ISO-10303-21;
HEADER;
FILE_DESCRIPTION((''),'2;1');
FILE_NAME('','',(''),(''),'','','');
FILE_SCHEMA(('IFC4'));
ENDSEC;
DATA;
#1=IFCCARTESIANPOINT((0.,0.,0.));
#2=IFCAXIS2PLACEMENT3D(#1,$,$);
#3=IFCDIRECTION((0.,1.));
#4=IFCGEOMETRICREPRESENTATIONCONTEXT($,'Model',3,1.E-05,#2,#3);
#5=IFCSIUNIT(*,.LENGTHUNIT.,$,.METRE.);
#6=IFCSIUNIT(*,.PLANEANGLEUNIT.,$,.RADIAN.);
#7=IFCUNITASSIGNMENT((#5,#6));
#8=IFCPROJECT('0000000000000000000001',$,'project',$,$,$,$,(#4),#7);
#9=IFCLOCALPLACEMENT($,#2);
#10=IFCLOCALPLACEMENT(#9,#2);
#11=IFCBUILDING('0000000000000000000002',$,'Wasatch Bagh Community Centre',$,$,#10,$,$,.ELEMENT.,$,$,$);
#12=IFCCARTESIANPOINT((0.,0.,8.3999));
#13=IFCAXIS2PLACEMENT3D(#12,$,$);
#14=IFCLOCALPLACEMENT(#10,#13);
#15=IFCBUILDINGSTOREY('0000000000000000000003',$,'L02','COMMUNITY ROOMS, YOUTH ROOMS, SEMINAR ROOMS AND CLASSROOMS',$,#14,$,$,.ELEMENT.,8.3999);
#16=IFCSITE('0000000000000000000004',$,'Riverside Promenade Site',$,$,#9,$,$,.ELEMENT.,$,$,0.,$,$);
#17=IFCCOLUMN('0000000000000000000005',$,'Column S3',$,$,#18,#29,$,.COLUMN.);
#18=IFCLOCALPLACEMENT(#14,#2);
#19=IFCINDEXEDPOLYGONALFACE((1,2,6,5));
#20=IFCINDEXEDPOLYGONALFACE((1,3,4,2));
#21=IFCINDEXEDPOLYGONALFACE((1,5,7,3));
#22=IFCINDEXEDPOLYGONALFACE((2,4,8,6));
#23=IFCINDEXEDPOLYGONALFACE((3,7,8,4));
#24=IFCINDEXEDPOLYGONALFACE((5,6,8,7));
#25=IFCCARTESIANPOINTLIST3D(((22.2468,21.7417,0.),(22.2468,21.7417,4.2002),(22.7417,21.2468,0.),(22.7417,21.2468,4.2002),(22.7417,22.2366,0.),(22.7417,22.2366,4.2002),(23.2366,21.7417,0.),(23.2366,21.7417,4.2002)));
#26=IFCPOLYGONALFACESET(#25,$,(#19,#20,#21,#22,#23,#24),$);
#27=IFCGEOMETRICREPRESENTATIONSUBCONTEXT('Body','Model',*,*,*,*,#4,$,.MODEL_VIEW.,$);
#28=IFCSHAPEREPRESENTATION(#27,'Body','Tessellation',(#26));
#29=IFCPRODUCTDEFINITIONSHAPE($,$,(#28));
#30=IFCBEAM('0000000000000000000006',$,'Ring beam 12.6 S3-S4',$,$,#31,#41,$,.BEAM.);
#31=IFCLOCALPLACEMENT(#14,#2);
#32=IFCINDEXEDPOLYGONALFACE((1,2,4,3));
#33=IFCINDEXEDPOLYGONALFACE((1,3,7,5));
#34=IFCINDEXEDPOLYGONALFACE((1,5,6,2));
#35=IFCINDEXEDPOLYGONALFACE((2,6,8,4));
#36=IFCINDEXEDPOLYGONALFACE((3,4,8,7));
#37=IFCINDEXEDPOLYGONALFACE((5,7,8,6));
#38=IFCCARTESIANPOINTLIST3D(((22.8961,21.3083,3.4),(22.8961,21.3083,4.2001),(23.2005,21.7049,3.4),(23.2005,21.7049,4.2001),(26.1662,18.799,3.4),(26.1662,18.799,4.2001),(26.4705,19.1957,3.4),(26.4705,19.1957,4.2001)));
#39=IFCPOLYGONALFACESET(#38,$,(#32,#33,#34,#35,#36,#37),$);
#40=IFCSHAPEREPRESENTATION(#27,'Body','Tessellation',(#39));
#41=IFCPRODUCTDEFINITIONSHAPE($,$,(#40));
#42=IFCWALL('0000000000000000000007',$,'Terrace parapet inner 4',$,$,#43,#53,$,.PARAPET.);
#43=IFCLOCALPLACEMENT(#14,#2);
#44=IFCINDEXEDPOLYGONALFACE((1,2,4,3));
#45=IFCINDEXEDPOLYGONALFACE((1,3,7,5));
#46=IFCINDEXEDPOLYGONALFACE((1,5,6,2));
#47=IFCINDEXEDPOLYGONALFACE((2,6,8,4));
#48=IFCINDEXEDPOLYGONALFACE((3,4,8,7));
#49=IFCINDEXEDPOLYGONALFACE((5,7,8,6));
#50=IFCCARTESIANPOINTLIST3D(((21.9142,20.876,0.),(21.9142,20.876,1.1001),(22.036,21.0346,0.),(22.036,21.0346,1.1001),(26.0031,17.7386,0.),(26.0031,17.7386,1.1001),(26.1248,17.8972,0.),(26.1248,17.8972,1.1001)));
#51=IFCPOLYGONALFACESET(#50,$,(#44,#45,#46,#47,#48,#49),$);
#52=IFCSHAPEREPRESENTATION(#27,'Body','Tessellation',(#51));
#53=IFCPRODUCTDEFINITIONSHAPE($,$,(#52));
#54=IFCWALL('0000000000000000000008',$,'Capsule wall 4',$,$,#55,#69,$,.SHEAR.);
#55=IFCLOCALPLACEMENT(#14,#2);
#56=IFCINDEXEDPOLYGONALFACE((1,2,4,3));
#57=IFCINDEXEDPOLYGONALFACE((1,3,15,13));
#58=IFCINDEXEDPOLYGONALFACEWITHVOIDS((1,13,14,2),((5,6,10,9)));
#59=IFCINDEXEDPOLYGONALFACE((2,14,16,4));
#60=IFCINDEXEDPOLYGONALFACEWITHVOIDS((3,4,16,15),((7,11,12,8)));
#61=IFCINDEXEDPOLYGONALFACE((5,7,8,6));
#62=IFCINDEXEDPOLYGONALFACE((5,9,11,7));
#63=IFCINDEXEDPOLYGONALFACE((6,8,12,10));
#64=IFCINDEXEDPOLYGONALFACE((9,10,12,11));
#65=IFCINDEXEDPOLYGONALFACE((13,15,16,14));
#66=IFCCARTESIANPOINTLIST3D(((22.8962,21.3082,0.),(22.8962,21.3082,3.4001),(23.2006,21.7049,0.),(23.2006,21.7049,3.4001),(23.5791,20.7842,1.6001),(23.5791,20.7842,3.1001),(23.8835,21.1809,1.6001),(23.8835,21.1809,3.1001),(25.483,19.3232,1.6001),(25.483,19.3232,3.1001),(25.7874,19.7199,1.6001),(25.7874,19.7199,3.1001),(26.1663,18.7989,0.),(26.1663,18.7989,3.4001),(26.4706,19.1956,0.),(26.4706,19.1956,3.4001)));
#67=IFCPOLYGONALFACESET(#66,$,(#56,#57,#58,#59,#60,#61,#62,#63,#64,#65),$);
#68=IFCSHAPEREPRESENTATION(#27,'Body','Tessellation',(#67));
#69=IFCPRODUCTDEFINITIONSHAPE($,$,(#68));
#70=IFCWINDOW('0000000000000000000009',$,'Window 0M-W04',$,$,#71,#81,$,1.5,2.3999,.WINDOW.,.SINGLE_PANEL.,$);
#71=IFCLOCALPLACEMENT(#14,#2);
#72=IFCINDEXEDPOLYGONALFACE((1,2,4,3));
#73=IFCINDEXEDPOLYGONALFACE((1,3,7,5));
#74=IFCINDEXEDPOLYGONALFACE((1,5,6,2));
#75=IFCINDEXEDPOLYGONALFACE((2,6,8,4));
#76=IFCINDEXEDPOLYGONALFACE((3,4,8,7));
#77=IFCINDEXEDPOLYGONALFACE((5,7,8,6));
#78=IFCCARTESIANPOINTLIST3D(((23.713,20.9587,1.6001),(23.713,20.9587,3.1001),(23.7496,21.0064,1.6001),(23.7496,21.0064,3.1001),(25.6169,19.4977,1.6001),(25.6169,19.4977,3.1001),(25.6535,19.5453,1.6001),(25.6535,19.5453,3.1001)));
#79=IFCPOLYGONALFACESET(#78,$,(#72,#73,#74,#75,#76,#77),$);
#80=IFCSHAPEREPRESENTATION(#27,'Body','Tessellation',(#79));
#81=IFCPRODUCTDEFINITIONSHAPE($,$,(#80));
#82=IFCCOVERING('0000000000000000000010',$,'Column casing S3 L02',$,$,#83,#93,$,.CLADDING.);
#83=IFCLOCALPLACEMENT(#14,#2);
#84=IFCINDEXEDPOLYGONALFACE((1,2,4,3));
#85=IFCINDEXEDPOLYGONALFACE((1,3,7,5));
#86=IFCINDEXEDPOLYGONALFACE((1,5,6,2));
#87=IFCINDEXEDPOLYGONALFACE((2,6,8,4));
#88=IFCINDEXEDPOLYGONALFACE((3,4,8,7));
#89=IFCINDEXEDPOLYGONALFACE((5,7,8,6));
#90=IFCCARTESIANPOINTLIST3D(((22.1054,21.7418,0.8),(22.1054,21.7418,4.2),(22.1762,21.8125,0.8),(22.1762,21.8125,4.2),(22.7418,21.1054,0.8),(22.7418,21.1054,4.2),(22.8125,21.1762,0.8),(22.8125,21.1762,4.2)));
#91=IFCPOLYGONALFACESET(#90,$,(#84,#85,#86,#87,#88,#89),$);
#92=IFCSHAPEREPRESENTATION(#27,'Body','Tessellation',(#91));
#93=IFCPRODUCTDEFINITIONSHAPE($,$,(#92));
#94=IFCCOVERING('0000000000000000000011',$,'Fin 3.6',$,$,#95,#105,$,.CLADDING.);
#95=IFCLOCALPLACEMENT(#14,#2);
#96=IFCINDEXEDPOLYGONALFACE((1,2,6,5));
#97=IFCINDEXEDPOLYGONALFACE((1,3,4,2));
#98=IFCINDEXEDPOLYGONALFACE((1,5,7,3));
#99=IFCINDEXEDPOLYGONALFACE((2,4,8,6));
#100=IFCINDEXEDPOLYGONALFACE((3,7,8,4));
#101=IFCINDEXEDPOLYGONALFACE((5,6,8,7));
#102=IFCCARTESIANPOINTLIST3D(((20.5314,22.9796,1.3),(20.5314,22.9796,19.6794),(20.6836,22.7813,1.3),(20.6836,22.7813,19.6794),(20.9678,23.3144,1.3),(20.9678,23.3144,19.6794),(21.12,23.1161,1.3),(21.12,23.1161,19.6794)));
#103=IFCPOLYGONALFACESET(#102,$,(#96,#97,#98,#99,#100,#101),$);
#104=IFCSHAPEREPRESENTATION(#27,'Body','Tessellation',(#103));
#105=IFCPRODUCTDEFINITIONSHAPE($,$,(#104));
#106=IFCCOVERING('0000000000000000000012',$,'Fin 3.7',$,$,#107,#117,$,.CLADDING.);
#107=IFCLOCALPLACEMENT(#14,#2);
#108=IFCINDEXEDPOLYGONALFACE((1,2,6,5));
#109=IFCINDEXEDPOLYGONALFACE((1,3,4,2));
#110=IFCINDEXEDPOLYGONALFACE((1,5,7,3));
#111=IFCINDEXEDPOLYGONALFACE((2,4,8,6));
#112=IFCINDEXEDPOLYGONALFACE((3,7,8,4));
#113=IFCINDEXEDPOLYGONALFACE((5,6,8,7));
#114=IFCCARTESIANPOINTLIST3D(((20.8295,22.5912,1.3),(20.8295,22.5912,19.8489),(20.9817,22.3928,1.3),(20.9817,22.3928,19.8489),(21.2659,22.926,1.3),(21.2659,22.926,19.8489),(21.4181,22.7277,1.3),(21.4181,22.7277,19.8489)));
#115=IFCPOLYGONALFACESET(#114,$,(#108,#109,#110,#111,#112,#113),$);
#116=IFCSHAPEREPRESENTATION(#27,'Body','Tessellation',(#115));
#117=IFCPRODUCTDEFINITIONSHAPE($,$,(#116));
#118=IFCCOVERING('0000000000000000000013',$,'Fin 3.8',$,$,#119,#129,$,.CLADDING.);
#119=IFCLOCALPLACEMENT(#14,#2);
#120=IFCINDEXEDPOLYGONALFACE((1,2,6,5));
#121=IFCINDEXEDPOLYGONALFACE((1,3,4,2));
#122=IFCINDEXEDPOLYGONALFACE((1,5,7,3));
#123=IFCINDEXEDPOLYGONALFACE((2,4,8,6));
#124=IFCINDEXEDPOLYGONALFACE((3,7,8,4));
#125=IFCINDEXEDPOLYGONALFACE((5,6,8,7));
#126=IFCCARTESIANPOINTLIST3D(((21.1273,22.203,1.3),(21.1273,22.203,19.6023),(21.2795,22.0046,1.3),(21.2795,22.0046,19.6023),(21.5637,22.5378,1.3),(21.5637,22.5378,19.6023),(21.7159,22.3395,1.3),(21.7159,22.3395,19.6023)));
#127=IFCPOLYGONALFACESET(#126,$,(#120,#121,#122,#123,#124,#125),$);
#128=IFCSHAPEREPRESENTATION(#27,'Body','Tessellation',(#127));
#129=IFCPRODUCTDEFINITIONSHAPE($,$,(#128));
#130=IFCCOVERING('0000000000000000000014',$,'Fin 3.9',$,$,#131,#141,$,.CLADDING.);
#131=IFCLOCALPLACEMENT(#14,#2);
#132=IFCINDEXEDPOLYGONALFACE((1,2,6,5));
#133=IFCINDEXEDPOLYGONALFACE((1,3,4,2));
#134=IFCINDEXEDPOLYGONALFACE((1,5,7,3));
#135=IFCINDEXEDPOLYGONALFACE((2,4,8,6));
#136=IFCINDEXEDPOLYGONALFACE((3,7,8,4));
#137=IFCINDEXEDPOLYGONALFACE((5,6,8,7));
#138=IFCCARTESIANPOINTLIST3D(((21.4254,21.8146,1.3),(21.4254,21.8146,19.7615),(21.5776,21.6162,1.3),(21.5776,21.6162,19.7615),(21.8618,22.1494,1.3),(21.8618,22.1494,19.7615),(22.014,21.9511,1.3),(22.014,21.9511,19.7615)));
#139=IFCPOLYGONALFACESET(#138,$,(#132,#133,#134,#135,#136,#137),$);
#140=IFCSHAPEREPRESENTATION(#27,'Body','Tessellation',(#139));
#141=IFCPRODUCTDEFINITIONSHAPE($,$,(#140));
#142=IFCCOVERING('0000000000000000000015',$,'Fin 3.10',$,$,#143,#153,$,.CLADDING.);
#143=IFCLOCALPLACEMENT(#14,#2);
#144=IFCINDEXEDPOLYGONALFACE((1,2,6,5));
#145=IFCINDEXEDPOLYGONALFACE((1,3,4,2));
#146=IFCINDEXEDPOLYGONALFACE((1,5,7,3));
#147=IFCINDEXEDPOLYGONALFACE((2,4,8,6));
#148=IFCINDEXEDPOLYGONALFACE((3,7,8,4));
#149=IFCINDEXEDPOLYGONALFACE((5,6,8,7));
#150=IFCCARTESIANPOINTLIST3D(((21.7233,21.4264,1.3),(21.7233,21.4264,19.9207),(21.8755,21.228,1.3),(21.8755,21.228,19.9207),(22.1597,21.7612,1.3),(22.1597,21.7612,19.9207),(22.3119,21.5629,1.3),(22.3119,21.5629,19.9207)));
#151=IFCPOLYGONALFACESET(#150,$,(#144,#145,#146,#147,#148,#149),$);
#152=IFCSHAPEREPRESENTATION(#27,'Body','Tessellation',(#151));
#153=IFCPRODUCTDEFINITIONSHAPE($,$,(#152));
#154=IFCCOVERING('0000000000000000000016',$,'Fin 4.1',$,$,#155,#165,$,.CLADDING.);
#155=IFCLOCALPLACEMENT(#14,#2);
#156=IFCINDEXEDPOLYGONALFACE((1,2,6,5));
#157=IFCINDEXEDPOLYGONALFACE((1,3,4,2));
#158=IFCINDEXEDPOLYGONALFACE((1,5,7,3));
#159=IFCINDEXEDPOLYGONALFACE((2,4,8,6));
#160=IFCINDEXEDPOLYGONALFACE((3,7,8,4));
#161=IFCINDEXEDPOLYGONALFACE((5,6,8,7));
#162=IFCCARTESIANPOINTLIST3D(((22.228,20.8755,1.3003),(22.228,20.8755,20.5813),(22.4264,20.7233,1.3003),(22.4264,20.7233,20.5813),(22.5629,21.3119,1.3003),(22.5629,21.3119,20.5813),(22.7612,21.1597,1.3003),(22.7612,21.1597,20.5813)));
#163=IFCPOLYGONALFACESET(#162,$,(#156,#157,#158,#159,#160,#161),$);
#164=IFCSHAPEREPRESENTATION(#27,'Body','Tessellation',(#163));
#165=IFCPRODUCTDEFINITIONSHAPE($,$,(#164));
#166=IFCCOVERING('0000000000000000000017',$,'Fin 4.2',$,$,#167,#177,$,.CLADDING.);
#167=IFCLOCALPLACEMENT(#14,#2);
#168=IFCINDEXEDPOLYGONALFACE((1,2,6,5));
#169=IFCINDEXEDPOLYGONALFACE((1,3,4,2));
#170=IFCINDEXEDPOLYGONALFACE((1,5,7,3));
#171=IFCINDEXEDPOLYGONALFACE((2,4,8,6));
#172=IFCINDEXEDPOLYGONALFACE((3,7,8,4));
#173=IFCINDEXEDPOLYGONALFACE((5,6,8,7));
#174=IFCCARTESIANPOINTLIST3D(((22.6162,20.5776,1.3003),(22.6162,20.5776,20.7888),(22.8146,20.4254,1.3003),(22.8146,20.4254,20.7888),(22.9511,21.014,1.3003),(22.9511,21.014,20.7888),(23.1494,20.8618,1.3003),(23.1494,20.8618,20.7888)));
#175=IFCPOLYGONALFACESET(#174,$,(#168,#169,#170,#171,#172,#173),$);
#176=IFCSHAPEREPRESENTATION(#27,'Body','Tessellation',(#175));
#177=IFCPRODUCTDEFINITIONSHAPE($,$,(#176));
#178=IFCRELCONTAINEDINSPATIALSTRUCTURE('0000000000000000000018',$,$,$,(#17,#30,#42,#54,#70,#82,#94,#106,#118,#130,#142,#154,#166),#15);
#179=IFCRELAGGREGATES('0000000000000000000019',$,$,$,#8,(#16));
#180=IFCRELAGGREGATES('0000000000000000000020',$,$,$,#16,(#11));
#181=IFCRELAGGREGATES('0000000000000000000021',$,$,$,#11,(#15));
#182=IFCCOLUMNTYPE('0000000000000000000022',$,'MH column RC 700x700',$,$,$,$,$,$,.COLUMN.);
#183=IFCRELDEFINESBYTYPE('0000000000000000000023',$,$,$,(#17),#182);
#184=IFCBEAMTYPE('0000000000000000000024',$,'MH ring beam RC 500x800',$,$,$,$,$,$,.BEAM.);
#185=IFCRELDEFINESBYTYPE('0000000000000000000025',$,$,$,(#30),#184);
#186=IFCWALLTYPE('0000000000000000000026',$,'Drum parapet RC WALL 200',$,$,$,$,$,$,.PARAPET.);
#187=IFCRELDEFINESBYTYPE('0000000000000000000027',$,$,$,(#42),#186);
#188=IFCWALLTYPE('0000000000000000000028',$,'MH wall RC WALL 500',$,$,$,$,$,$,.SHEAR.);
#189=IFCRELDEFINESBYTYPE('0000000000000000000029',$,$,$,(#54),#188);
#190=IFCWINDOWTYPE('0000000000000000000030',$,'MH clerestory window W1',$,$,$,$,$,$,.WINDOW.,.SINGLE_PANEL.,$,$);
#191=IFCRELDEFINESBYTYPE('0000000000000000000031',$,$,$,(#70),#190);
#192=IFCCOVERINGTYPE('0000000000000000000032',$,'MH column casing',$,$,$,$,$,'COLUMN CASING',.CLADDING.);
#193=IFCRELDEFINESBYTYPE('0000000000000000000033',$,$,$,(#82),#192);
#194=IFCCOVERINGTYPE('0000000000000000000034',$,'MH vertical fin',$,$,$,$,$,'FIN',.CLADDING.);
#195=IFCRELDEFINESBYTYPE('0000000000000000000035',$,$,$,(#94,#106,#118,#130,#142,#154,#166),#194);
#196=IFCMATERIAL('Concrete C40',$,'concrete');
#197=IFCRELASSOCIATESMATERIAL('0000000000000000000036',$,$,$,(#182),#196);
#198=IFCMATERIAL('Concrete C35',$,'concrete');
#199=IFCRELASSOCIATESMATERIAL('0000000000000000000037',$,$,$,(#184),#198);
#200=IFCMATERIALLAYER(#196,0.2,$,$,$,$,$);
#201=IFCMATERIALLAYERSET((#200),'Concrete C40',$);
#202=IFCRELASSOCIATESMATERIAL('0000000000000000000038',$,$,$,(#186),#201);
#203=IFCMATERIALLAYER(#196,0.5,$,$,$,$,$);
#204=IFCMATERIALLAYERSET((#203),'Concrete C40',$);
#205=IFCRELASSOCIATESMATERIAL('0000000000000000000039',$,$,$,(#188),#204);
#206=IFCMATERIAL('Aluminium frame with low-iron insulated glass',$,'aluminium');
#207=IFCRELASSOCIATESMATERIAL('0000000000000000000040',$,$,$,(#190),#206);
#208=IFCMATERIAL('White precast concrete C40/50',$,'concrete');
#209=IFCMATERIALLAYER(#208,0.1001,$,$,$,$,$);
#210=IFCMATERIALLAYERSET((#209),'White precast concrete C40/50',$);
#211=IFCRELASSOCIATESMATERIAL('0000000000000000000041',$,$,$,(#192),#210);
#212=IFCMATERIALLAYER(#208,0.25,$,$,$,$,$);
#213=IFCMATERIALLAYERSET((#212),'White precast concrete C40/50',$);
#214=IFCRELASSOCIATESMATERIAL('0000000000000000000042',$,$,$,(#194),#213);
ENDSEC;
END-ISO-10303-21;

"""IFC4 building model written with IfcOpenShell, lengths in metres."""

from ifc_helpers import new_model, si_unit, direction, frame, frame_2d, origin, origin_2d, place, context, subcontext, project, spatial, rectangle, extrude, material, layer, layer_set, material_profile, profile_set, type_object, element, fill, save


model = new_model("IFC4")

# Units and contexts
model_context = context("Model", 3, precision=1e-05, world=origin(), true_north=direction((0.0, 1.0)))
body_context = subcontext(model_context, "Body", "Model", "MODEL_VIEW")
ifc_project = project(units=[si_unit("LENGTHUNIT", "METRE"), si_unit("PLANEANGLEUNIT", "RADIAN")], contexts=[model_context])

# Site, building, storey
site_placement = place(None, origin())
site = spatial("IfcSite", under=ifc_project, at=site_placement, Name="Riverside Promenade Site", CompositionType="ELEMENT", RefElevation=0.0)
building_placement = place(site_placement, origin())
building = spatial("IfcBuilding", under=site, at=building_placement, Name="Wasatch Bagh Community Centre", CompositionType="ELEMENT")
storey_placement = place(building_placement, frame((0.0, 0.0, 8.3999)))
storey = spatial("IfcBuildingStorey", under=building, at=storey_placement, Name="L02", Description="COMMUNITY ROOMS, YOUTH ROOMS, SEMINAR ROOMS AND CLASSROOMS", CompositionType="ELEMENT", Elevation=8.3999)

# Column
ifc_material_1 = material(Name="Concrete C40", Category="concrete")
ifc_material_profile_1 = material_profile(ifc_material_1, rectangle(XDim=0.7, YDim=0.7, at=origin_2d()), Name="RC 700x700")
ifc_profile_set_1 = profile_set([ifc_material_profile_1], Name="Concrete C40")
column_type = type_object("IfcColumnType", Name="MH column RC 700x700", PredefinedType="COLUMN", material=ifc_profile_set_1)
column_placement = place(storey_placement, frame((22.7417, 21.7417, 0.0), z_axis=(0.0, 0.0, 1.0), x_axis=(0.707107, 0.707107, 0.0)))
element("IfcColumn", 1, at=column_placement, inside=storey, type_object=column_type, Name="Column S3", PredefinedType="COLUMN", context=body_context, shape_type="SweptSolid", body=[
    extrude(rectangle(XDim=0.7, YDim=0.7, at=origin_2d()), origin(), (0.0, 0.0, 1.0), 4.2002),
])

# Beam
ifc_material_2 = material(Name="Concrete C35", Category="concrete")
ifc_material_profile_2 = material_profile(ifc_material_2, rectangle(XDim=0.5, YDim=0.8, at=origin_2d()), Name="RC 500x800")
ifc_profile_set_2 = profile_set([ifc_material_profile_2], Name="Concrete C35")
beam_type = type_object("IfcBeamType", Name="MH ring beam RC 500x800", PredefinedType="BEAM", material=ifc_profile_set_2)
beam_placement = place(storey_placement, frame((23.0483, 21.5066, 3.8), z_axis=(0.793341, -0.608777, 0.0), x_axis=(0.608777, 0.793341, 0.0)))
element("IfcBeam", 2, at=beam_placement, inside=storey, type_object=beam_type, Name="Ring beam 12.6 S3-S4", PredefinedType="BEAM", context=body_context, shape_type="SweptSolid", body=[
    extrude(rectangle(XDim=0.5, YDim=0.8, at=origin_2d()), origin(), (0.0, 0.0, 1.0), 4.1218),
])

# Wall
ifc_layer_1 = layer(ifc_material_1, 0.2)
ifc_layer_set_1 = layer_set([ifc_layer_1], Name="Concrete C40")
wall_type_1 = type_object("IfcWallType", Name="Drum parapet RC WALL 200", PredefinedType="PARAPET", material=ifc_layer_set_1)
wall_1_placement = place(storey_placement, frame((21.9751, 20.9553, 0.0), z_axis=(0.0, 0.0, 1.0), x_axis=(0.793358, -0.608756, 0.0)))
element("IfcWall", 3, at=wall_1_placement, inside=storey, type_object=wall_type_1, Name="Terrace parapet inner 4", PredefinedType="PARAPET", context=body_context, shape_type="SweptSolid", body=[
    extrude(rectangle(XDim=5.1538, YDim=0.2, at=frame_2d((2.5769, 0.0))), origin(), (0.0, 0.0, 1.0), 1.1001),
])

# Wall, opening, window
ifc_layer_2 = layer(ifc_material_1, 0.5)
ifc_layer_set_2 = layer_set([ifc_layer_2], Name="Concrete C40")
wall_type_2 = type_object("IfcWallType", Name="MH wall RC WALL 500", PredefinedType="SHEAR", material=ifc_layer_set_2)
wall_2_placement = place(storey_placement, frame((23.0483, 21.5066, 0.0), z_axis=(0.0, 0.0, 1.0), x_axis=(0.793341, -0.608777, 0.0)))
wall_2 = element("IfcWall", 4, at=wall_2_placement, inside=storey, type_object=wall_type_2, Name="Capsule wall 4", PredefinedType="SHEAR", context=body_context, shape_type="SweptSolid", body=[
    extrude(rectangle(XDim=4.1218, YDim=0.5, at=frame_2d((2.061, 0.0))), origin(), (0.0, 0.0, 1.0), 3.4001),
])
opening_placement = place(wall_2_placement, frame((0.8608, 0.0, 1.6001)))
opening = element("IfcOpeningElement", 5, at=opening_placement, cuts=wall_2, PredefinedType="OPENING", context=body_context, shape_type="SweptSolid", body=[
    extrude(rectangle(XDim=2.3999, YDim=1.5, at=frame_2d((1.2, 0.75))), frame((0.0, 0.26, 0.0), z_axis=(0.0, -1.0, 0.0), x_axis=(1.0, 0.0, 0.0)), (0.0, 0.0, 1.0), 0.52),
])
ifc_material_3 = material(Name="Aluminium frame with low-iron insulated glass", Category="aluminium")
window_type = type_object("IfcWindowType", Name="MH clerestory window W1", PartitioningType="SINGLE_PANEL", PredefinedType="WINDOW", material=ifc_material_3)
window_placement = place(opening_placement, origin())
window = element("IfcWindow", 6, at=window_placement, inside=storey, type_object=window_type, Name="Window 0M-W04", OverallHeight=1.5, OverallWidth=2.3999, PartitioningType="SINGLE_PANEL", PredefinedType="WINDOW", context=body_context, shape_type="SweptSolid", body=[
    extrude(rectangle(XDim=2.3999, YDim=1.5, at=frame_2d((1.2, 0.75))), frame((0.0, 0.03, 0.0), z_axis=(0.0, -1.0, 0.0), x_axis=(1.0, 0.0, 0.0)), (0.0, 0.0, 1.0), 0.0601),
])
fill(opening, window)

# Coverings
ifc_material_4 = material(Name="White precast concrete C40/50", Category="concrete")
ifc_layer_3 = layer(ifc_material_4, 0.1001)
ifc_layer_set_3 = layer_set([ifc_layer_3], Name="White precast concrete C40/50")
covering_type_1 = type_object("IfcCoveringType", Name="MH column casing", ElementType="COLUMN CASING", PredefinedType="CLADDING", material=ifc_layer_set_3)
covering_1_placement = place(storey_placement, frame((22.459, 21.459, 0.8), z_axis=(0.0, 0.0, 1.0), x_axis=(0.707107, -0.707107, 0.0)))
element("IfcCovering", 7, at=covering_1_placement, inside=storey, type_object=covering_type_1, Name="Column casing S3 L02", PredefinedType="CLADDING", context=body_context, shape_type="SweptSolid", body=[
    extrude(rectangle(XDim=0.8999, YDim=0.1001, at=origin_2d()), origin(), (0.0, 0.0, 1.0), 3.3999),
])
ifc_layer_4 = layer(ifc_material_4, 0.25)
ifc_layer_set_4 = layer_set([ifc_layer_4], Name="White precast concrete C40/50")
covering_type_2 = type_object("IfcCoveringType", Name="MH vertical fin", ElementType="FIN", PredefinedType="CLADDING", material=ifc_layer_set_4)
covering_2_placement = place(storey_placement, frame((20.8257, 23.0479, 1.3), z_axis=(0.0, 0.0, 1.0), x_axis=(0.608761, -0.793353, 0.0)))
element("IfcCovering", 8, at=covering_2_placement, inside=storey, type_object=covering_type_2, Name="Fin 3.6", PredefinedType="CLADDING", context=body_context, shape_type="SweptSolid", body=[
    extrude(rectangle(XDim=0.25, YDim=0.55, at=origin_2d()), origin(), (0.0, 0.0, 1.0), 18.3794),
])
covering_3_placement = place(storey_placement, frame((21.1238, 22.6594, 1.3), z_axis=(0.0, 0.0, 1.0), x_axis=(0.608761, -0.793353, 0.0)))
element("IfcCovering", 9, at=covering_3_placement, inside=storey, type_object=covering_type_2, Name="Fin 3.7", PredefinedType="CLADDING", context=body_context, shape_type="SweptSolid", body=[
    extrude(rectangle(XDim=0.25, YDim=0.55, at=origin_2d()), origin(), (0.0, 0.0, 1.0), 18.5488),
])
covering_4_placement = place(storey_placement, frame((21.4216, 22.2712, 1.3), z_axis=(0.0, 0.0, 1.0), x_axis=(0.608761, -0.793353, 0.0)))
element("IfcCovering", 10, at=covering_4_placement, inside=storey, type_object=covering_type_2, Name="Fin 3.8", PredefinedType="CLADDING", context=body_context, shape_type="SweptSolid", body=[
    extrude(rectangle(XDim=0.25, YDim=0.55, at=origin_2d()), origin(), (0.0, 0.0, 1.0), 18.3022),
])
covering_5_placement = place(storey_placement, frame((21.7197, 21.8828, 1.3), z_axis=(0.0, 0.0, 1.0), x_axis=(0.608761, -0.793353, 0.0)))
element("IfcCovering", 11, at=covering_5_placement, inside=storey, type_object=covering_type_2, Name="Fin 3.9", PredefinedType="CLADDING", context=body_context, shape_type="SweptSolid", body=[
    extrude(rectangle(XDim=0.25, YDim=0.55, at=origin_2d()), origin(), (0.0, 0.0, 1.0), 18.4614),
])
covering_6_placement = place(storey_placement, frame((22.0176, 21.4946, 1.3), z_axis=(0.0, 0.0, 1.0), x_axis=(0.608761, -0.793353, 0.0)))
element("IfcCovering", 12, at=covering_6_placement, inside=storey, type_object=covering_type_2, Name="Fin 3.10", PredefinedType="CLADDING", context=body_context, shape_type="SweptSolid", body=[
    extrude(rectangle(XDim=0.25, YDim=0.55, at=origin_2d()), origin(), (0.0, 0.0, 1.0), 18.6206),
])
covering_7_placement = place(storey_placement, frame((22.4946, 21.0176, 1.3003), z_axis=(0.0, 0.0, 1.0), x_axis=(0.793353, -0.608761, 0.0)))
element("IfcCovering", 13, at=covering_7_placement, inside=storey, type_object=covering_type_2, Name="Fin 4.1", PredefinedType="CLADDING", context=body_context, shape_type="SweptSolid", body=[
    extrude(rectangle(XDim=0.25, YDim=0.55, at=origin_2d()), origin(), (0.0, 0.0, 1.0), 19.281),
])
covering_8_placement = place(storey_placement, frame((22.8828, 20.7197, 1.3003), z_axis=(0.0, 0.0, 1.0), x_axis=(0.793353, -0.608761, 0.0)))
element("IfcCovering", 14, at=covering_8_placement, inside=storey, type_object=covering_type_2, Name="Fin 4.2", PredefinedType="CLADDING", context=body_context, shape_type="SweptSolid", body=[
    extrude(rectangle(XDim=0.25, YDim=0.55, at=origin_2d()), origin(), (0.0, 0.0, 1.0), 19.4885),
])

save(model, "model.ifc")
